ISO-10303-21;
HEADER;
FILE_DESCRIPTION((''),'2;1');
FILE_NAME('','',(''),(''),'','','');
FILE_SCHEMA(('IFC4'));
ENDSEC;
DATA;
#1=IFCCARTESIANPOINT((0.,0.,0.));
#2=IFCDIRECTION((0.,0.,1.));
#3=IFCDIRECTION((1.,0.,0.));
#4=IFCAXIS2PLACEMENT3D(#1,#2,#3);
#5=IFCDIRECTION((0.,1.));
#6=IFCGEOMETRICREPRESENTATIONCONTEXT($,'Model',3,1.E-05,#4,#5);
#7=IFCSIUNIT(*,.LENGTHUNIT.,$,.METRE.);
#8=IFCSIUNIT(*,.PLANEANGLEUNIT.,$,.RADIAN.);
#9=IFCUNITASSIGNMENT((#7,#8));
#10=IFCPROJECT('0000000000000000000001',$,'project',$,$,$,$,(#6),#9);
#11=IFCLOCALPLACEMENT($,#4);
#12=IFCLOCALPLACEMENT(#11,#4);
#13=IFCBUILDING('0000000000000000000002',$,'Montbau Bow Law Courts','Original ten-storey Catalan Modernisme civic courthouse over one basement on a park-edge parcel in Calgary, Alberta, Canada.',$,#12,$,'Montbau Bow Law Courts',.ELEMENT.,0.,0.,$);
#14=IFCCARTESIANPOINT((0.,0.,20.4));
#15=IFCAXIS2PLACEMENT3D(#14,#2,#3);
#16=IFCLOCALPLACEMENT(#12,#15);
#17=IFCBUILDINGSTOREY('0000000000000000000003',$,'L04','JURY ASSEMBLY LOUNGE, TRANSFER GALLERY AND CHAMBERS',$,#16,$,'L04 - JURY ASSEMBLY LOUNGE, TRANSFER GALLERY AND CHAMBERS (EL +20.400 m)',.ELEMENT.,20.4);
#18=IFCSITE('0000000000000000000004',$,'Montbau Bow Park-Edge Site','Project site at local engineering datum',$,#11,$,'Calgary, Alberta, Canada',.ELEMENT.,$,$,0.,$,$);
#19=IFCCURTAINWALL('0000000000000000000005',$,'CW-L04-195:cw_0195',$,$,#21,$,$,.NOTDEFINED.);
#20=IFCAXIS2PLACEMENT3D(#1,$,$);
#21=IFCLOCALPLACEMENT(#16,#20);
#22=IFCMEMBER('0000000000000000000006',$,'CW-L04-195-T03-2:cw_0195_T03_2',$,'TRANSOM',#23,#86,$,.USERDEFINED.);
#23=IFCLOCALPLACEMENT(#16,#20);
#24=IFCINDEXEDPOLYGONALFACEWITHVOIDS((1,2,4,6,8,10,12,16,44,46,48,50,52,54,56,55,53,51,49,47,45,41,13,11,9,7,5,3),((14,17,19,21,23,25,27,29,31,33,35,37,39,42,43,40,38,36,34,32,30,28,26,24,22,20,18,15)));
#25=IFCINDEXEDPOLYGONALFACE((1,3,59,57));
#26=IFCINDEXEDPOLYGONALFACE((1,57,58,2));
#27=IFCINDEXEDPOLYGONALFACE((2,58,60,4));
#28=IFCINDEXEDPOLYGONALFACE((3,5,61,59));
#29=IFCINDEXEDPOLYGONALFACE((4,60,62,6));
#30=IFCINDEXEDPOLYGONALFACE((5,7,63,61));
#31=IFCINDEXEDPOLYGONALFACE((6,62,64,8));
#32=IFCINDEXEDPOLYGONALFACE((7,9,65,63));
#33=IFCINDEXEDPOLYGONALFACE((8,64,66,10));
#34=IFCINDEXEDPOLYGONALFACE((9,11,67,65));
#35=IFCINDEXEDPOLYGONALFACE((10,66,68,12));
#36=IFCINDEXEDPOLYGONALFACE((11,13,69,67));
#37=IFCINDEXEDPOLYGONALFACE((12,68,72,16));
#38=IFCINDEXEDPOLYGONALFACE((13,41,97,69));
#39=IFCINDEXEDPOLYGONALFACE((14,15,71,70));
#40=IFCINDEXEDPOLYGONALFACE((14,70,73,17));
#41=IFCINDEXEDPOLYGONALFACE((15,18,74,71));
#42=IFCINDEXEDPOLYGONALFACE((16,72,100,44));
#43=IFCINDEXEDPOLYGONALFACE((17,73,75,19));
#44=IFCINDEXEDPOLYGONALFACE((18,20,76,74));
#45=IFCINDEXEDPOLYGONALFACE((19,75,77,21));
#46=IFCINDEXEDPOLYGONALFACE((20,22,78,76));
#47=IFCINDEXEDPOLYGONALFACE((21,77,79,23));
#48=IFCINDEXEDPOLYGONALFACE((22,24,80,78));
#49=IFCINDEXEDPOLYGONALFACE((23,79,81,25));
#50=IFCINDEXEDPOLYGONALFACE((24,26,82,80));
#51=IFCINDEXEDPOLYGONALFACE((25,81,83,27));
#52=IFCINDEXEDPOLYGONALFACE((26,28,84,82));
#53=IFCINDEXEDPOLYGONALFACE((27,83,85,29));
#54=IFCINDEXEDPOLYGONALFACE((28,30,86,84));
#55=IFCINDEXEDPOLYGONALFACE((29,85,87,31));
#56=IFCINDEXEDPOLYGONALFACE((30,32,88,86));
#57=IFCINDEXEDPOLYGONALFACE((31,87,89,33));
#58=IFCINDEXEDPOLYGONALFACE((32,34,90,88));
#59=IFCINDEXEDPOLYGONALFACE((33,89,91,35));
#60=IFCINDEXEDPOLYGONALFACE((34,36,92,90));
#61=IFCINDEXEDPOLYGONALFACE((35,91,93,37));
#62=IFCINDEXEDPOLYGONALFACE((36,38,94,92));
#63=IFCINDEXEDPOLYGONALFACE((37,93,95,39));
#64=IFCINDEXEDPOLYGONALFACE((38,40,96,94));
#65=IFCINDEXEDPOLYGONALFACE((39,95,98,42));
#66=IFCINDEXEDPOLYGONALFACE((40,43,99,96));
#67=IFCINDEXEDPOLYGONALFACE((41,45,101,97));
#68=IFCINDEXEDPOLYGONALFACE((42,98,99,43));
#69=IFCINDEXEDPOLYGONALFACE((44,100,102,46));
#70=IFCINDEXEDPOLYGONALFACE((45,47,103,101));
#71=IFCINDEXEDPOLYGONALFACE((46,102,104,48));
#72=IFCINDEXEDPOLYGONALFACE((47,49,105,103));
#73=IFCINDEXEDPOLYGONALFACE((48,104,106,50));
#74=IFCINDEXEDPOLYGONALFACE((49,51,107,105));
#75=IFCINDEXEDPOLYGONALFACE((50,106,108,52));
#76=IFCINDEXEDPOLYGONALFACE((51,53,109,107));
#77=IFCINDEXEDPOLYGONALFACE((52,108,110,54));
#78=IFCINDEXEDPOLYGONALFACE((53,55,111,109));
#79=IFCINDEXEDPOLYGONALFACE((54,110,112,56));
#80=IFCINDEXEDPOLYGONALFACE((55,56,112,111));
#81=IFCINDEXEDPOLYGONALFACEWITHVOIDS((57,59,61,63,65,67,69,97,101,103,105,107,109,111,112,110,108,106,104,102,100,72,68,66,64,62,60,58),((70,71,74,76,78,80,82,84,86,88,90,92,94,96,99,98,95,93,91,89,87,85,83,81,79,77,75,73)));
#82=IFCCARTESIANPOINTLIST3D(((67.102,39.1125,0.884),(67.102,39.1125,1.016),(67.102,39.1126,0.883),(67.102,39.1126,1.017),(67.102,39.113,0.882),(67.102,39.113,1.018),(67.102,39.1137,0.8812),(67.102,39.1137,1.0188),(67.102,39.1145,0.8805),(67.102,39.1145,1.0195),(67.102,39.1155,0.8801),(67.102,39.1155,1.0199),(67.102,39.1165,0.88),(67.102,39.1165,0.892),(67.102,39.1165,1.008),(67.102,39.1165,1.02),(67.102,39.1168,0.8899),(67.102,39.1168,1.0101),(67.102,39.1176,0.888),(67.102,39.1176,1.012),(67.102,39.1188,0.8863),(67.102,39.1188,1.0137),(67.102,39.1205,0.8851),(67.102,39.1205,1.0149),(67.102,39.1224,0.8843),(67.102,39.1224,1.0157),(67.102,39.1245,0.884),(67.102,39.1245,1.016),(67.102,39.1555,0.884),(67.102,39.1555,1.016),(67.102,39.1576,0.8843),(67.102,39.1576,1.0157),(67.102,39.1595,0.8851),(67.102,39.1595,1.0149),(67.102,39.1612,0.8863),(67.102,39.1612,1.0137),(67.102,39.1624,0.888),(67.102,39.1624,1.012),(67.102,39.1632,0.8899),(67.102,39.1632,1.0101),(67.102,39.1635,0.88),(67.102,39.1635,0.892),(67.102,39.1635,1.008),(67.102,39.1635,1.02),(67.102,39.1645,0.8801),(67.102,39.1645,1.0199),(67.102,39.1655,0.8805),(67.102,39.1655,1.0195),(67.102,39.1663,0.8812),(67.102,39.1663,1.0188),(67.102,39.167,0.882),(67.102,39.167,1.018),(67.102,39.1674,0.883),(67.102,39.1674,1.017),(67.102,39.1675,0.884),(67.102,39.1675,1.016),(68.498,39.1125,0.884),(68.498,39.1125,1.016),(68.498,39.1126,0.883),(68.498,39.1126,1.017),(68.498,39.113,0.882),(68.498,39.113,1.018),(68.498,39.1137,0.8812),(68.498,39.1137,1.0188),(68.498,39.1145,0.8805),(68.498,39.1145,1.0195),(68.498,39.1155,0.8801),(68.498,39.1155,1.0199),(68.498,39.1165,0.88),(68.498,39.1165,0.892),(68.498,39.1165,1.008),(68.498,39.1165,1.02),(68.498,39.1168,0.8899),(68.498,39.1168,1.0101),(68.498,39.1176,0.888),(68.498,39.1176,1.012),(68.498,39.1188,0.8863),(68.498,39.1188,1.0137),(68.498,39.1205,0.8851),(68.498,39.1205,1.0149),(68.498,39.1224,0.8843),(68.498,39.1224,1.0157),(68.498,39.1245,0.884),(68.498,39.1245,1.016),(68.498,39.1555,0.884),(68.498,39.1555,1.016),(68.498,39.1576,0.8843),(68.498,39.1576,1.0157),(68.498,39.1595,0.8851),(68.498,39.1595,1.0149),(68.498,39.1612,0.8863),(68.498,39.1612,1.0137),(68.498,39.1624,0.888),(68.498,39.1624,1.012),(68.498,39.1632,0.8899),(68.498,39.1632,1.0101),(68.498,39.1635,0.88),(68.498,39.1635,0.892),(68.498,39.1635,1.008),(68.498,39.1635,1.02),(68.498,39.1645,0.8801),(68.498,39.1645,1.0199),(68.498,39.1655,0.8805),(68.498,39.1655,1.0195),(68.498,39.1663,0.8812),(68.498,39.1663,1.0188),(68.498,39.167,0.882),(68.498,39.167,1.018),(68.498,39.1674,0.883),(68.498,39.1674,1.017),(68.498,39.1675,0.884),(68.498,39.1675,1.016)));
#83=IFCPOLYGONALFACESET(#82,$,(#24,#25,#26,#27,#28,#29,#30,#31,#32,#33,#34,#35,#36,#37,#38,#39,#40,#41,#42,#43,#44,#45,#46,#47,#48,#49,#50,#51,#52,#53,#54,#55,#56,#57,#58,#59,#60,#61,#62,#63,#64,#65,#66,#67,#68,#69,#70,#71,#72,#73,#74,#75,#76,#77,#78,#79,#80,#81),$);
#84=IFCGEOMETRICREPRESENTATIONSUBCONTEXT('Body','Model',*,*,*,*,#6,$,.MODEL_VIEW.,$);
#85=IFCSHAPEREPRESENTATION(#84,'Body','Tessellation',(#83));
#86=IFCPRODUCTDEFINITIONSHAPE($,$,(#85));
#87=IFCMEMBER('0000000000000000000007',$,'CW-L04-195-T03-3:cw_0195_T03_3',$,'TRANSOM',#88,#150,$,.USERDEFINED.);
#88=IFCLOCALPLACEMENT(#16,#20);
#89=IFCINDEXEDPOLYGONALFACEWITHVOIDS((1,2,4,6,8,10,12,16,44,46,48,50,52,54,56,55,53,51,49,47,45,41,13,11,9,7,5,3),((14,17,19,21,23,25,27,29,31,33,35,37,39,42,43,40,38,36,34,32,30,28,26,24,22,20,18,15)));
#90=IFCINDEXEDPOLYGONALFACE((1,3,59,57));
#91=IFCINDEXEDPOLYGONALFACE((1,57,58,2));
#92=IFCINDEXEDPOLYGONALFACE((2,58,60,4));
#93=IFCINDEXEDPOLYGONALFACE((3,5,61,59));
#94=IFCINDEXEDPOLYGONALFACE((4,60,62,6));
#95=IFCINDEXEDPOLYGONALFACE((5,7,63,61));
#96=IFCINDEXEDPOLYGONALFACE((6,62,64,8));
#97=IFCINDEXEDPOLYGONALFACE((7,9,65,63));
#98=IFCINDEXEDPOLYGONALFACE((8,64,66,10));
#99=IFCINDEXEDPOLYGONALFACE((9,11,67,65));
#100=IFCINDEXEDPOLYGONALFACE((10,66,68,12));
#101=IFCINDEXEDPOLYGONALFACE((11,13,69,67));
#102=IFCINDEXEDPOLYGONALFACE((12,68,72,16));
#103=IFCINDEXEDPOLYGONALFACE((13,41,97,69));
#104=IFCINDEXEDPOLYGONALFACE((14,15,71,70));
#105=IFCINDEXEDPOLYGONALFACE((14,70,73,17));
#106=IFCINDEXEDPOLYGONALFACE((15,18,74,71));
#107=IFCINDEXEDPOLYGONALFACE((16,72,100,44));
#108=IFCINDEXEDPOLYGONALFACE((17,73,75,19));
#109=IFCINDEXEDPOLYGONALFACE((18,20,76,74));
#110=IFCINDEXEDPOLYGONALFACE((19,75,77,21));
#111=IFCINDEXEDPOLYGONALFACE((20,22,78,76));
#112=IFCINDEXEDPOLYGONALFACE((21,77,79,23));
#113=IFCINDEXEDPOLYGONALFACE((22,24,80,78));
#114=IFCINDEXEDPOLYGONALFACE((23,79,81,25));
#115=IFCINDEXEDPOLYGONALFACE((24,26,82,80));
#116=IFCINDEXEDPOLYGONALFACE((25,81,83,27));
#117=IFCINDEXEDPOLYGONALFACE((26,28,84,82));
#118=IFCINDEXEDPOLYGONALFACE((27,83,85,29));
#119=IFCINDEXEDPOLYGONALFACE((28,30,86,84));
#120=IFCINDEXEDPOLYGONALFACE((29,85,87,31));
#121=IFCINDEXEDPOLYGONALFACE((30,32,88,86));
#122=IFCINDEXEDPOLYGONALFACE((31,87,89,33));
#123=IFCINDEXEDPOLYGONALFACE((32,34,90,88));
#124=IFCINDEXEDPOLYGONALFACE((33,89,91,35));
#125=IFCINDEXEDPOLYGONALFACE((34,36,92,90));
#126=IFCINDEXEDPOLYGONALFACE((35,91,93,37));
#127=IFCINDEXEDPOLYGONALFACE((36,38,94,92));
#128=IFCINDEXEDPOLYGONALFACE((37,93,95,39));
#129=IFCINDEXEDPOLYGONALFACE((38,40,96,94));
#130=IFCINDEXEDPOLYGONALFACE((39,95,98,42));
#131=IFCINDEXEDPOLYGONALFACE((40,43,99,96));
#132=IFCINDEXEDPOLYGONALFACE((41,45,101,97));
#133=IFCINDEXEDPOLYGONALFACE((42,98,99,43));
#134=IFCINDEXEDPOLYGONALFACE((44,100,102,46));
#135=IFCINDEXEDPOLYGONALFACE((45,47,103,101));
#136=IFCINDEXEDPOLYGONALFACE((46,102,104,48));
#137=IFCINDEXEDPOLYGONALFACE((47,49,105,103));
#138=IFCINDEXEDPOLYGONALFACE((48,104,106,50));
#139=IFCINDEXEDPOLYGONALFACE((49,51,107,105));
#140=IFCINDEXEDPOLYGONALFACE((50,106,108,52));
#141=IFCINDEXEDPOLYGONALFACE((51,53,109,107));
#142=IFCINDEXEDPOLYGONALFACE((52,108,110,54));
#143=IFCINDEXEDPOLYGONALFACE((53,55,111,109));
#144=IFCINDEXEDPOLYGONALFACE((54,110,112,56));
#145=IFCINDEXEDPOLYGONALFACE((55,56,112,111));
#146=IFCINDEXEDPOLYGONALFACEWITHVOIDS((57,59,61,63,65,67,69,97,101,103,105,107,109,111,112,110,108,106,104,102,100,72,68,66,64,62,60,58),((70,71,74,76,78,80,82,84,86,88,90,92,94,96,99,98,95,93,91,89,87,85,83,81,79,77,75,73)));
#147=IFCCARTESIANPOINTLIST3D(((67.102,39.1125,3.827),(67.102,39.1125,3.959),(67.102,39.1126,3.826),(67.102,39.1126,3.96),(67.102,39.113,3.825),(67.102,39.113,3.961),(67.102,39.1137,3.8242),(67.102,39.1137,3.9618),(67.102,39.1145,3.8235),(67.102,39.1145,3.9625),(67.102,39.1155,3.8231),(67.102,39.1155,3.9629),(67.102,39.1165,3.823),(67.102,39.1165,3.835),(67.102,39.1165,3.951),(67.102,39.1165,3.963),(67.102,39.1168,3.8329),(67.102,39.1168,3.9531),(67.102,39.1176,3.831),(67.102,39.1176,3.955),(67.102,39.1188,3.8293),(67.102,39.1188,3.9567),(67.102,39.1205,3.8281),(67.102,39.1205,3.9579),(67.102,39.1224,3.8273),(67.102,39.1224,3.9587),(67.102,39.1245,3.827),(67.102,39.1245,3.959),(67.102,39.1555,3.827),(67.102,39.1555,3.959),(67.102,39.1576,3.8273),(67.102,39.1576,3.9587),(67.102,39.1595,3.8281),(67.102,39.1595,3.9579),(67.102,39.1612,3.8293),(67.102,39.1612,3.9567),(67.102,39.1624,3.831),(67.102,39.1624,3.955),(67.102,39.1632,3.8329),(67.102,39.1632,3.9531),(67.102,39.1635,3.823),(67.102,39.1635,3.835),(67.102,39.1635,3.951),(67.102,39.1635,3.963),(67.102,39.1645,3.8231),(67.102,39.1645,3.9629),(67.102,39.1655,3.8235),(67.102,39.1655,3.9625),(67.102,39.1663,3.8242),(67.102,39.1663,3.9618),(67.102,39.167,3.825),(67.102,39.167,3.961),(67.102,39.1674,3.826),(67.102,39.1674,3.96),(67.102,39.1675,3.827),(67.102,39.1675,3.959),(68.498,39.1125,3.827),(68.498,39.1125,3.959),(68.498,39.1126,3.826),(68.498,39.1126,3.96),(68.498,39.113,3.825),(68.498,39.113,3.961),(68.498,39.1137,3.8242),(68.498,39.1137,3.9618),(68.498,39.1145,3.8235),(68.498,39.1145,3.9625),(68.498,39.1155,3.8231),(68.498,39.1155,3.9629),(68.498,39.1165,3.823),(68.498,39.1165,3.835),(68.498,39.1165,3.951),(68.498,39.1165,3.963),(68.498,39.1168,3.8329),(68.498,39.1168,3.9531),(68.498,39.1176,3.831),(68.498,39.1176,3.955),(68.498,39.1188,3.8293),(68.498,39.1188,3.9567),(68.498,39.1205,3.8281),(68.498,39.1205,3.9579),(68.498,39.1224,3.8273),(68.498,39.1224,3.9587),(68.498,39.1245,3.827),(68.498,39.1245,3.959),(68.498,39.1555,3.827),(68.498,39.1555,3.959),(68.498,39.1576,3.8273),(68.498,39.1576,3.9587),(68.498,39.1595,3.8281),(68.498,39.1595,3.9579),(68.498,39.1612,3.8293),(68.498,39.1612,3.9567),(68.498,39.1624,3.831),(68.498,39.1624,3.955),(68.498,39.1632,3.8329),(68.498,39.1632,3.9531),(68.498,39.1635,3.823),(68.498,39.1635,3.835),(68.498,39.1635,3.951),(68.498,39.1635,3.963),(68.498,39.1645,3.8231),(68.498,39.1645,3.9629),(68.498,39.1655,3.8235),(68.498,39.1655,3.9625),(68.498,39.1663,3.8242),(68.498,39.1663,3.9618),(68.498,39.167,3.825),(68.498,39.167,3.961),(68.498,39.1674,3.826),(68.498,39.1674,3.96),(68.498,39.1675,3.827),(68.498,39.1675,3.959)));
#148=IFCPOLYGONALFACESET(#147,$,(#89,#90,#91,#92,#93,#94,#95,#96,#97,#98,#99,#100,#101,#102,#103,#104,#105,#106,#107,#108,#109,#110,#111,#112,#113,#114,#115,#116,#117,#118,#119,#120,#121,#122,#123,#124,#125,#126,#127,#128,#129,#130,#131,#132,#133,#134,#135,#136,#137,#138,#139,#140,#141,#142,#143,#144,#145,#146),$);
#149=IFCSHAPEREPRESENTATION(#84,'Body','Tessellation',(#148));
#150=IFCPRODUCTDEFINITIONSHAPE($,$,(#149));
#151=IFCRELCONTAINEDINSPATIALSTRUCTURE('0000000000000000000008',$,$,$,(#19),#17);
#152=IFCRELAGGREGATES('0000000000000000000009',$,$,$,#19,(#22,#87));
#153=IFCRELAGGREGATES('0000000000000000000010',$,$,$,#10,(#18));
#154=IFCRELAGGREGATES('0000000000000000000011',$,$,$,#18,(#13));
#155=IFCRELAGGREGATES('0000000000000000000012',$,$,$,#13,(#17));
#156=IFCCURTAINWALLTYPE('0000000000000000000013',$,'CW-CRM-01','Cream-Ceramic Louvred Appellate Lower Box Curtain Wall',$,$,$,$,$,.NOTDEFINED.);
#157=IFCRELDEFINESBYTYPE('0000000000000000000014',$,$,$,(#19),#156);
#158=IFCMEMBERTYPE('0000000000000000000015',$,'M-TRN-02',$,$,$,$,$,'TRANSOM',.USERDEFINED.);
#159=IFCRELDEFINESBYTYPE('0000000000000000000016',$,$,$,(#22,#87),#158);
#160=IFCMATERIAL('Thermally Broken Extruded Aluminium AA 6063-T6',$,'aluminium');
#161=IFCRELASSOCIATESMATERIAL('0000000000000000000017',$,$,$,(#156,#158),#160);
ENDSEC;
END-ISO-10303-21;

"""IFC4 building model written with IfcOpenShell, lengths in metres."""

from ifc_helpers import new_model, si_unit, direction, frame, origin_with_axes, origin_2d_with_axis, place, context, subcontext, project, spatial, hollow_rectangle, extrude, material, material_profile, profile_set, type_object, element, aggregate, save


model = new_model("IFC4")

# Units and contexts
model_context = context("Model", 3, precision=1e-05, world=origin_with_axes(), true_north=direction((0.0, 1.0)))
body_context = subcontext(model_context, "Body", "Model", "MODEL_VIEW")
ifc_project = project(units=[si_unit("LENGTHUNIT", "METRE"), si_unit("PLANEANGLEUNIT", "RADIAN")], contexts=[model_context])

# Site, building, storey
site_placement = place(None, origin_with_axes())
site = spatial("IfcSite", under=ifc_project, at=site_placement, Name="Montbau Bow Park-Edge Site", Description="Project site at local engineering datum", LongName="Calgary, Alberta, Canada", CompositionType="ELEMENT", RefElevation=0.0)
building_placement = place(site_placement, origin_with_axes())
building = spatial("IfcBuilding", under=site, at=building_placement, Name="Montbau Bow Law Courts", Description="Original ten-storey Catalan Modernisme civic courthouse over one basement on a park-edge parcel in Calgary, Alberta, Canada.", LongName="Montbau Bow Law Courts", CompositionType="ELEMENT", ElevationOfRefHeight=0.0, ElevationOfTerrain=0.0)
storey_placement = place(building_placement, frame((0.0, 0.0, 20.4), z_axis=(0.0, 0.0, 1.0), x_axis=(1.0, 0.0, 0.0)))
storey = spatial("IfcBuildingStorey", under=building, at=storey_placement, Name="L04", Description="JURY ASSEMBLY LOUNGE, TRANSFER GALLERY AND CHAMBERS", LongName="L04 - JURY ASSEMBLY LOUNGE, TRANSFER GALLERY AND CHAMBERS (EL +20.400 m)", CompositionType="ELEMENT", Elevation=20.4)

# Curtain wall, members
ifc_material_1 = material(Name="Thermally Broken Extruded Aluminium AA 6063-T6", Category="aluminium")
curtain_wall_type = type_object("IfcCurtainWallType", Name="CW-CRM-01", Description="Cream-Ceramic Louvred Appellate Lower Box Curtain Wall", PredefinedType="NOTDEFINED", material=ifc_material_1)
curtain_wall_placement = place(None, frame((64.115, 39.14, 20.4), z_axis=(0.0, 0.0, 1.0), x_axis=(1.0, 0.0, 0.0)))
curtain_wall = element("IfcCurtainWall", 1, at=curtain_wall_placement, inside=storey, type_object=curtain_wall_type, Name="CW-L04-195:cw_0195", PredefinedType="NOTDEFINED")
ifc_material_profile_1 = material_profile(ifc_material_1, hollow_rectangle(XDim=0.055, YDim=0.14, WallThickness=0.004, InnerFilletRadius=0.008, OuterFilletRadius=0.004, at=origin_2d_with_axis()), Name="CWT-140X55", Category="Main", Priority=0)
ifc_profile_set_1 = profile_set([ifc_material_profile_1], Name="Thermally Broken Extruded Aluminium AA 6063-T6")
member_type_1 = type_object("IfcMemberType", Name="M-TRN-02", ElementType="TRANSOM", PredefinedType="USERDEFINED", material=ifc_profile_set_1)
member_1_placement = place(None, frame((67.102, 39.14, 21.35), z_axis=(1.0, 0.0, 0.0), x_axis=(0.0, 1.0, 0.0)))
member_1 = element("IfcMember", 2, at=member_1_placement, type_object=member_type_1, Name="CW-L04-195-T03-2:cw_0195_T03_2", ObjectType="TRANSOM", PredefinedType="USERDEFINED", context=body_context, shape_type="SweptSolid", body=[
    extrude(hollow_rectangle(XDim=0.055, YDim=0.14, WallThickness=0.004, InnerFilletRadius=0.008, OuterFilletRadius=0.004, at=origin_2d_with_axis()), origin_with_axes(), (0.0, 0.0, 1.0), 1.396),
])
member_2_placement = place(None, frame((67.102, 39.14, 24.293), z_axis=(1.0, 0.0, 0.0), x_axis=(0.0, 1.0, 0.0)))
member_2 = element("IfcMember", 3, at=member_2_placement, type_object=member_type_1, Name="CW-L04-195-T03-3:cw_0195_T03_3", ObjectType="TRANSOM", PredefinedType="USERDEFINED", context=body_context, shape_type="SweptSolid", body=[
    extrude(hollow_rectangle(XDim=0.055, YDim=0.14, WallThickness=0.004, InnerFilletRadius=0.008, OuterFilletRadius=0.004, at=origin_2d_with_axis()), origin_with_axes(), (0.0, 0.0, 1.0), 1.396),
])
aggregate(curtain_wall, [member_1, member_2])

save(model, "model.ifc")
